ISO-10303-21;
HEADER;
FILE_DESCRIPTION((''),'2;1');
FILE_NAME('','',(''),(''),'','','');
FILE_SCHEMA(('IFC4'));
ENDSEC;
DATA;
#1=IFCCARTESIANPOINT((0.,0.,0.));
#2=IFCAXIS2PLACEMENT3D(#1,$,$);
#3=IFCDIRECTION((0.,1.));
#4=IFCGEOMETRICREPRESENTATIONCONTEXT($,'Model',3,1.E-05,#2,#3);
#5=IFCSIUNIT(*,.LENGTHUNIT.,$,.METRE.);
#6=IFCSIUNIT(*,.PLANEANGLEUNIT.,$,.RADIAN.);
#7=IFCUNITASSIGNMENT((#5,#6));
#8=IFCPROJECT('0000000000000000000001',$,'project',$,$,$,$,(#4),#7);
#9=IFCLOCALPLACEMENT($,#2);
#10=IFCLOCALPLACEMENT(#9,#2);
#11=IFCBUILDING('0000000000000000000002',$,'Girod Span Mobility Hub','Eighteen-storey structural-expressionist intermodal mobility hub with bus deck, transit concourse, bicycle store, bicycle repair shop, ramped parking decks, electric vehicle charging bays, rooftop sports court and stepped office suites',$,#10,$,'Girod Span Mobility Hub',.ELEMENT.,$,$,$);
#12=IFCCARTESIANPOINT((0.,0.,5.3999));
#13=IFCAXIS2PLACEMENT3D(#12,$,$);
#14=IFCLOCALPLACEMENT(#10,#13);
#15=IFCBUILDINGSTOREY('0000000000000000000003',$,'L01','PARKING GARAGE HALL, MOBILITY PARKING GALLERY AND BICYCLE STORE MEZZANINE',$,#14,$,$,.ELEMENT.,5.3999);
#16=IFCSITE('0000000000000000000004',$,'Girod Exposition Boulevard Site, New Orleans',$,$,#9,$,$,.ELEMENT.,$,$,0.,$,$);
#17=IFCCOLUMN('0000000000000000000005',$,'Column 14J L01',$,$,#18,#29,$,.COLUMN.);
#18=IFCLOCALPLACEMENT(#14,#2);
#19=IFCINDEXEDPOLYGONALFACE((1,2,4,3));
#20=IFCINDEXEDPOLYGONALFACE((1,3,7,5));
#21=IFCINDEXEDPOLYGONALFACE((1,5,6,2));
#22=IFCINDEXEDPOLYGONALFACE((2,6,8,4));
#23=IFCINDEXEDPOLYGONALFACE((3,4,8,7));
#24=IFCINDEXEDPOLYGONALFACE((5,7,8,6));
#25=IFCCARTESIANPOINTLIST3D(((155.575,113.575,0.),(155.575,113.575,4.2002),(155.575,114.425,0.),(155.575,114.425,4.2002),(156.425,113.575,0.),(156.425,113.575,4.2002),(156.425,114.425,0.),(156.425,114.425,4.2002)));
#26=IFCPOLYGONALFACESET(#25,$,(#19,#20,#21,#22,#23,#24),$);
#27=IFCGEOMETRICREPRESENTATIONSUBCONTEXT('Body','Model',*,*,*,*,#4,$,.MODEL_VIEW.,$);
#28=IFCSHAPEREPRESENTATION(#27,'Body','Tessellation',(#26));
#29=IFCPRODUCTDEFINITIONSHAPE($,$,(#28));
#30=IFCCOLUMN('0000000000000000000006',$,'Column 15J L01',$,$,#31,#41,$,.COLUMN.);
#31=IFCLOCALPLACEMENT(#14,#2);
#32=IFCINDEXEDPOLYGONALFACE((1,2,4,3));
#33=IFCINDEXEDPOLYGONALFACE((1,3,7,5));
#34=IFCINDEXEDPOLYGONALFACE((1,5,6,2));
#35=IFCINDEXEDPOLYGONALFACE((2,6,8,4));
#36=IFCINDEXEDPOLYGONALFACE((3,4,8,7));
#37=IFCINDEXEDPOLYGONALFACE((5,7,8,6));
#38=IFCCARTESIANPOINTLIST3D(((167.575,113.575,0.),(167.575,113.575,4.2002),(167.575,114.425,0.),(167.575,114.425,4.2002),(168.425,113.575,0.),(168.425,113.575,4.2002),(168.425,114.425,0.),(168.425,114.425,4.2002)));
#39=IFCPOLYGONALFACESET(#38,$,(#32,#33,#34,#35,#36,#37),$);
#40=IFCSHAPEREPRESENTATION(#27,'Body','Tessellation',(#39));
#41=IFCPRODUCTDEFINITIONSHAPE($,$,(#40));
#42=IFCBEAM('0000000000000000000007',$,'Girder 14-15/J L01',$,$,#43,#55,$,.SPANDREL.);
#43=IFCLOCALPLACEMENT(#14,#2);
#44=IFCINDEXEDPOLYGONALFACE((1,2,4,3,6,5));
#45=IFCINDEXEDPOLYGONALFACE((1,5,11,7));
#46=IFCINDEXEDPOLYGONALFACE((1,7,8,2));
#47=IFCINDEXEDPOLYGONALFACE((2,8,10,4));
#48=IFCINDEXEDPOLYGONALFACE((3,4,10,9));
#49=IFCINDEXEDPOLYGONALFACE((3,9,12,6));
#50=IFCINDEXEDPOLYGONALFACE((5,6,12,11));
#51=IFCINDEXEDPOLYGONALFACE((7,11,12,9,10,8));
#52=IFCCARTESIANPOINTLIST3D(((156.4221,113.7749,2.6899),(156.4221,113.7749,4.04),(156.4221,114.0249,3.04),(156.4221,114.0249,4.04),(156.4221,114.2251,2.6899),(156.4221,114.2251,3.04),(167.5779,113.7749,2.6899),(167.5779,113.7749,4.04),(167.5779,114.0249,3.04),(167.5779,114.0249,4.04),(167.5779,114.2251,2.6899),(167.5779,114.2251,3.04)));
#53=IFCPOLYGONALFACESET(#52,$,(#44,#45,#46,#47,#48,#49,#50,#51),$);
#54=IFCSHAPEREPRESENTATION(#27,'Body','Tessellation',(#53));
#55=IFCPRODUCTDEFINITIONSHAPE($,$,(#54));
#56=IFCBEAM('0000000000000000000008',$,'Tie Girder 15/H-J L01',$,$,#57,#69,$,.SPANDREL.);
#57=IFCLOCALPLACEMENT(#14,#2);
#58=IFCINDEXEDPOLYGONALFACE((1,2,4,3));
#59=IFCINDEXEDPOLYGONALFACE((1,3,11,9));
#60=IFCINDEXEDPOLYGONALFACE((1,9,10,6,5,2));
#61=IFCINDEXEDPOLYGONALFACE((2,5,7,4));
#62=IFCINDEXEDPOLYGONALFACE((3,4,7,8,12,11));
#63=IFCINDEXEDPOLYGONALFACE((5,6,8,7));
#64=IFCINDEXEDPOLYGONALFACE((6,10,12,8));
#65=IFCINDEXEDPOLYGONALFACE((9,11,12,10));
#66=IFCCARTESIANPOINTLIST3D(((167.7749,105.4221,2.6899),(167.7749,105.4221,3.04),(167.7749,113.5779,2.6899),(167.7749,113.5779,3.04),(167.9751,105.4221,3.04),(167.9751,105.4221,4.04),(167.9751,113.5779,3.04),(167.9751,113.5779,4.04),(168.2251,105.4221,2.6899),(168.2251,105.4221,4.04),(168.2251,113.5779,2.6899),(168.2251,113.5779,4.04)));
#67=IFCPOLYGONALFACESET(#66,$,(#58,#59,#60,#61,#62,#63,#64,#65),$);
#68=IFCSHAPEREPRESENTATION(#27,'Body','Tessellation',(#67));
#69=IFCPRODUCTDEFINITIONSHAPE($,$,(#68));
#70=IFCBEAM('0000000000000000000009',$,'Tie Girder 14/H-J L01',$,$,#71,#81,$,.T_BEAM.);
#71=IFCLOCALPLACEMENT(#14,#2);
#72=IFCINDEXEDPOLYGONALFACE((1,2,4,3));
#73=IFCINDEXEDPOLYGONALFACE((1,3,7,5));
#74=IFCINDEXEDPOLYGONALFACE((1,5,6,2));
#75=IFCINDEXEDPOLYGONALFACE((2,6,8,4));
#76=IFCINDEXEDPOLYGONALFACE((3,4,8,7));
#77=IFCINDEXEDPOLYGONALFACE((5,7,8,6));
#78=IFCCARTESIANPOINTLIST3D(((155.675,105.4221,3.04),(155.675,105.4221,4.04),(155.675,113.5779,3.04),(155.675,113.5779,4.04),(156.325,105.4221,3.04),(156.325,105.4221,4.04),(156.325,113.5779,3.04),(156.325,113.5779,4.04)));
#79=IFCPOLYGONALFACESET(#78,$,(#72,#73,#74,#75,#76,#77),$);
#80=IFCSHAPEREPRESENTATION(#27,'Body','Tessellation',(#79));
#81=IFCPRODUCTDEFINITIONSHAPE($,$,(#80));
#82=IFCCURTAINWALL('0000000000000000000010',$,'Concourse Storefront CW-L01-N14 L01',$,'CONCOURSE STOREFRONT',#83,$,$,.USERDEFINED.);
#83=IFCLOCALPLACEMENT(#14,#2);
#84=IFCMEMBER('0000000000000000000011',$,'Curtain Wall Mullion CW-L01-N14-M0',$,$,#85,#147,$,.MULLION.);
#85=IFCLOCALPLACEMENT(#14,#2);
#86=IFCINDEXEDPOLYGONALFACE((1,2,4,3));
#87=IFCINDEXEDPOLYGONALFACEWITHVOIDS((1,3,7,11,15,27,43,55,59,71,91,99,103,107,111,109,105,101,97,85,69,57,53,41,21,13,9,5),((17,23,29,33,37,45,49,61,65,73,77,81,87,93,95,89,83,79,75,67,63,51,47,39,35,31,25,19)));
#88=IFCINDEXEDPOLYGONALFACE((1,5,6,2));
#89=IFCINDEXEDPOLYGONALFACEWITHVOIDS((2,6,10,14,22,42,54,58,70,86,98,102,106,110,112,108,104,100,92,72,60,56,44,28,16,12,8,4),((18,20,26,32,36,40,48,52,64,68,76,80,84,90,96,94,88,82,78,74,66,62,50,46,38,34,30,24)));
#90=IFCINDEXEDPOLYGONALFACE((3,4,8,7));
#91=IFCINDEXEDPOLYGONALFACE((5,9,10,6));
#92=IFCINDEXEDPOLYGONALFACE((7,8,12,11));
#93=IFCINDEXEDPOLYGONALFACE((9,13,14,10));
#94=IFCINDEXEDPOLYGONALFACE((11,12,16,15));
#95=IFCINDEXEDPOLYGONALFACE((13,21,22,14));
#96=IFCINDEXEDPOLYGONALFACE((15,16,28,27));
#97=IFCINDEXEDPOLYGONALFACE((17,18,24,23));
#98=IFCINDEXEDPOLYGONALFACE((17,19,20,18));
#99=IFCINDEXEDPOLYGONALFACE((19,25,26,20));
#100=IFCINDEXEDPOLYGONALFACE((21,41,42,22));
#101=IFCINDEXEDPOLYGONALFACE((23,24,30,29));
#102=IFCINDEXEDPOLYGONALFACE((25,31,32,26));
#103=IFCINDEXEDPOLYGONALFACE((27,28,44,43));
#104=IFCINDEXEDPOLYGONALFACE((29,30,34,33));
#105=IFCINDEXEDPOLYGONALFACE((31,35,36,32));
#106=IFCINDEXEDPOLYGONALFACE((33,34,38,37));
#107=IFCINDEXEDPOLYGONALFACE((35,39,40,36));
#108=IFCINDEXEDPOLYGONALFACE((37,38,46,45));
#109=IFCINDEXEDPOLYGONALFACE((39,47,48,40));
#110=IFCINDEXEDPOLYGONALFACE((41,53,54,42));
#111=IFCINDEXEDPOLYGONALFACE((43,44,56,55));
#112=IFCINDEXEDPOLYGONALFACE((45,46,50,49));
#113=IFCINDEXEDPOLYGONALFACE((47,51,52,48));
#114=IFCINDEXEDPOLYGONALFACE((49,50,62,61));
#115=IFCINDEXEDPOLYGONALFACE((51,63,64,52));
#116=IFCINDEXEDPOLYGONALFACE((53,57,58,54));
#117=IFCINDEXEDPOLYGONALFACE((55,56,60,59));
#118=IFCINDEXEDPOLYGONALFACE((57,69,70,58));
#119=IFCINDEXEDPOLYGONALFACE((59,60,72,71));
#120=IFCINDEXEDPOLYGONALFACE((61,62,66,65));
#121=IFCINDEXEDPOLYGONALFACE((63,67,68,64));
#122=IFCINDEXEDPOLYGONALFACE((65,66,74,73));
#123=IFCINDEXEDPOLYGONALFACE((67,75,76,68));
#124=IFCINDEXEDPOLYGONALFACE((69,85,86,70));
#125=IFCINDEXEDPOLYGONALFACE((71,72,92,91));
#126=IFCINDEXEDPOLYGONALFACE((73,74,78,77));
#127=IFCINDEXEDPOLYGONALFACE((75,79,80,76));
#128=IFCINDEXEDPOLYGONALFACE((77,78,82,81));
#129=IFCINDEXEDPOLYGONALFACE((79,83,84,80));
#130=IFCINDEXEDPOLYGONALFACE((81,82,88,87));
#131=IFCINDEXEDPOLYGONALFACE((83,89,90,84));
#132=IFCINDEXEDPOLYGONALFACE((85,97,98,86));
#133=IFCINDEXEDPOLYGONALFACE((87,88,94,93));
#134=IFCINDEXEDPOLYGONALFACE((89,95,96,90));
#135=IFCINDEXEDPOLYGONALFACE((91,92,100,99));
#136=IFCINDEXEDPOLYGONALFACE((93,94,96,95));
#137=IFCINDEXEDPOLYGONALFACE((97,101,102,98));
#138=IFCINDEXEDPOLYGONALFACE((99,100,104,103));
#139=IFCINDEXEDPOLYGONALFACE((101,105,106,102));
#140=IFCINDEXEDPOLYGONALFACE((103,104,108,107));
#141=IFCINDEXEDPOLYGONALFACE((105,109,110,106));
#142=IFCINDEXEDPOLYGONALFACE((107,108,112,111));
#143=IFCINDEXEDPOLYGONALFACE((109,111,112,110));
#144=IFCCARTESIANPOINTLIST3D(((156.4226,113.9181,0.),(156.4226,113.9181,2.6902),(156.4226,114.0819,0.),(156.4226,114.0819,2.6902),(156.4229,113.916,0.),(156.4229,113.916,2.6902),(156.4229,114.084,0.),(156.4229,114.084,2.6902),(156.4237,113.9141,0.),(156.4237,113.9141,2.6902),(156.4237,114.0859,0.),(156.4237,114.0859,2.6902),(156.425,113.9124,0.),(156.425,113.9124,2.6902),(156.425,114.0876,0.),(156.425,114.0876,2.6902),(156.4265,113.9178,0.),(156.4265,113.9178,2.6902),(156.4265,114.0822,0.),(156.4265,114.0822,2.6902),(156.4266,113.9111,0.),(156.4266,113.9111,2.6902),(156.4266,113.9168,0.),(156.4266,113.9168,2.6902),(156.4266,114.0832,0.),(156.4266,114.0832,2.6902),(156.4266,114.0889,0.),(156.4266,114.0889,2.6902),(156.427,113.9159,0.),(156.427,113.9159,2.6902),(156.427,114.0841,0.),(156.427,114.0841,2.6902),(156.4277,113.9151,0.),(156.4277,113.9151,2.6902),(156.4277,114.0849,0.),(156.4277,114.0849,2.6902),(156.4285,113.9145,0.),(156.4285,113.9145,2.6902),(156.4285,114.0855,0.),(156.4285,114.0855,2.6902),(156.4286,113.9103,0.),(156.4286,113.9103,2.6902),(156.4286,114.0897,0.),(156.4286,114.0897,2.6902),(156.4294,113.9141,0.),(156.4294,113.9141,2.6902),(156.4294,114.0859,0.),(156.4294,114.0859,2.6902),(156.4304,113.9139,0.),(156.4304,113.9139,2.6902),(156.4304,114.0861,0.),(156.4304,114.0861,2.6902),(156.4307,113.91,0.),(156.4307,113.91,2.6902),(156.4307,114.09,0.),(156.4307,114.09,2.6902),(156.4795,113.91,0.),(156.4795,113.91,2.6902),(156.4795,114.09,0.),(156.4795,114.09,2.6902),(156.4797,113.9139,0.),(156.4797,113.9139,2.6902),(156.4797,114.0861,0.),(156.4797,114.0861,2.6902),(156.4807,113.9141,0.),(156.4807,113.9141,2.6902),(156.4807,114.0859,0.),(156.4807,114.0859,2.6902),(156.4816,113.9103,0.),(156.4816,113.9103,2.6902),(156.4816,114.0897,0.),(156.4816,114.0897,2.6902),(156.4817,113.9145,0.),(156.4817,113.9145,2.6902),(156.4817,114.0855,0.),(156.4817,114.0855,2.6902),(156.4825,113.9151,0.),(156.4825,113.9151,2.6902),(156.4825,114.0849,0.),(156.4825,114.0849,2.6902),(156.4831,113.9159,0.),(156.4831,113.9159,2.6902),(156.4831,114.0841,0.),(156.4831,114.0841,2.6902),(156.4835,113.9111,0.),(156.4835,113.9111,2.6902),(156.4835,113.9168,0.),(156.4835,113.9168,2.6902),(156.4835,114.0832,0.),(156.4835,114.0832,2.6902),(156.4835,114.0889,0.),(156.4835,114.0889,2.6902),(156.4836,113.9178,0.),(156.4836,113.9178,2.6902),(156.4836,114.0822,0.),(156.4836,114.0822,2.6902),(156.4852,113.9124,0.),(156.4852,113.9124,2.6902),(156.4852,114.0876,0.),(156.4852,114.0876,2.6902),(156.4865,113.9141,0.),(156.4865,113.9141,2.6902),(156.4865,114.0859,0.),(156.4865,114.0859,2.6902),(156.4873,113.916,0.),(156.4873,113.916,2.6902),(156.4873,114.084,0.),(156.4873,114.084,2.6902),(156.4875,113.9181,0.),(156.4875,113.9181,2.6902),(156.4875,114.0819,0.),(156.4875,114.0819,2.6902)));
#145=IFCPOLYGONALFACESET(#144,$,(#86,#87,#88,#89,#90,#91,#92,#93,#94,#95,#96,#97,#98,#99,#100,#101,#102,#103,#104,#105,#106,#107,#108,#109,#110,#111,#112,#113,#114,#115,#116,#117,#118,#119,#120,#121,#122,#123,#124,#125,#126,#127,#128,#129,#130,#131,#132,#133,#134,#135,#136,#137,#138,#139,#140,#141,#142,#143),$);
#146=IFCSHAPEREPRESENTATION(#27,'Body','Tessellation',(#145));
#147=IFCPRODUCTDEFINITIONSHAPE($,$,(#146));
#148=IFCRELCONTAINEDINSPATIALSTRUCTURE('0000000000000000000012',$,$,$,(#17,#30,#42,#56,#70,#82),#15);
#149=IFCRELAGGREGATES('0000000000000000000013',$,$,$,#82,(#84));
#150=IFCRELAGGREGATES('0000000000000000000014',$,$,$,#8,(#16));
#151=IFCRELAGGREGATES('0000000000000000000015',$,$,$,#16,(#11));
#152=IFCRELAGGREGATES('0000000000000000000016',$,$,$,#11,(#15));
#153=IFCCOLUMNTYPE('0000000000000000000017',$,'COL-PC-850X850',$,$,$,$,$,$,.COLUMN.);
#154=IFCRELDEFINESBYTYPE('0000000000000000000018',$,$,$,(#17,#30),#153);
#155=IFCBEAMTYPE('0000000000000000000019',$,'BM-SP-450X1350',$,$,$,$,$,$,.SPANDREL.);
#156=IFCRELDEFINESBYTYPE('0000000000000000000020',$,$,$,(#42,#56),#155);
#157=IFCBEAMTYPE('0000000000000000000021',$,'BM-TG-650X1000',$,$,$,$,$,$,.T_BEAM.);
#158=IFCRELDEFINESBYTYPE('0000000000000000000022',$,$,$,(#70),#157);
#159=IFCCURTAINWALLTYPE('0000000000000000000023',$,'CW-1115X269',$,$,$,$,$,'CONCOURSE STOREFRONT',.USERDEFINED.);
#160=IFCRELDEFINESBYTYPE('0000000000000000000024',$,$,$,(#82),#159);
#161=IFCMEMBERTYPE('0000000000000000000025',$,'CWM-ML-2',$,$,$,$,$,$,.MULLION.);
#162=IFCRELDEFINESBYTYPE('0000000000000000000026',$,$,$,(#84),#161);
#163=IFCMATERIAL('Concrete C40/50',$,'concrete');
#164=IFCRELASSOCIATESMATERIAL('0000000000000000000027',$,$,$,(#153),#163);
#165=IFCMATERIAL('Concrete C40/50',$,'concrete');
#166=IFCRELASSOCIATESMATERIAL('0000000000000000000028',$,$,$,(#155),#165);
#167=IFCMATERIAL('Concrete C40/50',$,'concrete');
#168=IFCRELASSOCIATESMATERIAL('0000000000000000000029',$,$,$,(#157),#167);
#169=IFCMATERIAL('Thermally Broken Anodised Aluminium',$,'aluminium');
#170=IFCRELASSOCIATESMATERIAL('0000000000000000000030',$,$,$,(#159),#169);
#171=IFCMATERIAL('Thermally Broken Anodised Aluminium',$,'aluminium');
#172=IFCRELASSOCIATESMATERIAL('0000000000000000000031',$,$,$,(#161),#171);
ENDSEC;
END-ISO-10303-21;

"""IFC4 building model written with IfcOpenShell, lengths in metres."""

from ifc_helpers import new_model, si_unit, direction, frame, origin, origin_2d, place, context, subcontext, project, spatial, polyline, rectangle, hollow_rectangle, outline, extrude, material, material_profile, profile_set, type_object, element, aggregate, save


model = new_model("IFC4")

# Units and contexts
model_context = context("Model", 3, precision=1e-05, world=origin(), true_north=direction((0.0, 1.0)))
body_context = subcontext(model_context, "Body", "Model", "MODEL_VIEW")
ifc_project = project(units=[si_unit("LENGTHUNIT", "METRE"), si_unit("PLANEANGLEUNIT", "RADIAN")], contexts=[model_context])

# Site, building, storey
site_placement = place(None, origin())
site = spatial("IfcSite", under=ifc_project, at=site_placement, Name="Girod Exposition Boulevard Site, New Orleans", CompositionType="ELEMENT", RefElevation=0.0)
building_placement = place(site_placement, origin())
building = spatial("IfcBuilding", under=site, at=building_placement, Name="Girod Span Mobility Hub", Description="Eighteen-storey structural-expressionist intermodal mobility hub with bus deck, transit concourse, bicycle store, bicycle repair shop, ramped parking decks, electric vehicle charging bays, rooftop sports court and stepped office suites", LongName="Girod Span Mobility Hub", CompositionType="ELEMENT")
storey_placement = place(building_placement, frame((0.0, 0.0, 5.3999)))
storey = spatial("IfcBuildingStorey", under=building, at=storey_placement, Name="L01", Description="PARKING GARAGE HALL, MOBILITY PARKING GALLERY AND BICYCLE STORE MEZZANINE", CompositionType="ELEMENT", Elevation=5.3999)

# Columns
ifc_material_1 = material(Name="Concrete C40/50", Category="concrete")
ifc_material_profile_1 = material_profile(ifc_material_1, rectangle(XDim=0.8501, YDim=0.8501, at=origin_2d()), Name="PC-COL-850X850")
ifc_profile_set_1 = profile_set([ifc_material_profile_1], Name="Concrete C40/50")
column_type = type_object("IfcColumnType", Name="COL-PC-850X850", PredefinedType="COLUMN", material=ifc_profile_set_1)
for number, where, z_axis, x_axis, name in (
    (1, (156.0, 114.0, 0.0), (0.0, 0.0, 1.0), (1.0, 0.0, 0.0), "Column 14J L01"),
    (2, (168.0, 114.0, 0.0), (0.0, 0.0, 1.0), (1.0, 0.0, 0.0), "Column 15J L01"),
):
    element("IfcColumn", number, at=place(storey_placement, frame(where, z_axis=z_axis, x_axis=x_axis)), inside=storey, type_object=column_type, Name=name, PredefinedType="COLUMN", context=body_context, shape_type="SweptSolid", body=[
        extrude(rectangle(XDim=0.8501, YDim=0.8501, at=origin_2d()), origin(), (0.0, 0.0, 1.0), 4.2002),
    ])

# Beams
ifc_material_2 = material(Name="Concrete C40/50", Category="concrete")
ifc_material_profile_2 = material_profile(ifc_material_2, outline(polyline([(-0.2251, -0.675), (0.2251, -0.675), (0.2251, -0.325), (0.0249, -0.325), (0.0249, 0.675), (-0.2251, 0.675), (-0.2251, -0.675)])), Name="SP-450X1350")
ifc_profile_set_2 = profile_set([ifc_material_profile_2], Name="Concrete C40/50")
beam_type_1 = type_object("IfcBeamType", Name="BM-SP-450X1350", PredefinedType="SPANDREL", material=ifc_profile_set_2)
beam_1_placement = place(storey_placement, frame((156.4221, 114.0, 3.365), z_axis=(1.0, 0.0, 0.0), x_axis=(0.0, 1.0, 0.0)))
element("IfcBeam", 3, at=beam_1_placement, inside=storey, type_object=beam_type_1, Name="Girder 14-15/J L01", PredefinedType="SPANDREL", context=body_context, shape_type="SweptSolid", body=[
    extrude(outline(polyline([(-0.2251, -0.675), (0.2251, -0.675), (0.2251, -0.325), (0.0249, -0.325), (0.0249, 0.675), (-0.2251, 0.675), (-0.2251, -0.675)])), origin(), (0.0, 0.0, 1.0), 11.1558),
])
beam_2_placement = place(storey_placement, frame((168.0, 105.4221, 3.365), z_axis=(0.0, 1.0, 0.0), x_axis=(-1.0, 0.0, 0.0)))
element("IfcBeam", 4, at=beam_2_placement, inside=storey, type_object=beam_type_1, Name="Tie Girder 15/H-J L01", PredefinedType="SPANDREL", context=body_context, shape_type="SweptSolid", body=[
    extrude(outline(polyline([(-0.2251, -0.675), (0.2251, -0.675), (0.2251, -0.325), (0.0249, -0.325), (0.0249, 0.675), (-0.2251, 0.675), (-0.2251, -0.675)])), origin(), (0.0, 0.0, 1.0), 8.1558),
])
ifc_material_3 = material(Name="Concrete C40/50", Category="concrete")
ifc_material_profile_3 = material_profile(ifc_material_3, rectangle(XDim=0.6499, YDim=1.0, at=origin_2d()), Name="TG-650X1000")
ifc_profile_set_3 = profile_set([ifc_material_profile_3], Name="Concrete C40/50")
beam_type_2 = type_object("IfcBeamType", Name="BM-TG-650X1000", PredefinedType="T_BEAM", material=ifc_profile_set_3)
beam_3_placement = place(storey_placement, frame((156.0, 105.4221, 3.54), z_axis=(0.0, 1.0, 0.0), x_axis=(-1.0, 0.0, 0.0)))
element("IfcBeam", 5, at=beam_3_placement, inside=storey, type_object=beam_type_2, Name="Tie Girder 14/H-J L01", PredefinedType="T_BEAM", context=body_context, shape_type="SweptSolid", body=[
    extrude(rectangle(XDim=0.6499, YDim=1.0, at=origin_2d()), origin(), (0.0, 0.0, 1.0), 8.1558),
])

# Curtain wall, member
ifc_material_4 = material(Name="Thermally Broken Anodised Aluminium", Category="aluminium")
curtain_wall_type = type_object("IfcCurtainWallType", Name="CW-1115X269", ElementType="CONCOURSE STOREFRONT", PredefinedType="USERDEFINED", material=ifc_material_4)
curtain_wall_placement = place(storey_placement, origin())
curtain_wall = element("IfcCurtainWall", 6, at=curtain_wall_placement, inside=storey, type_object=curtain_wall_type, Name="Concourse Storefront CW-L01-N14 L01", ObjectType="CONCOURSE STOREFRONT", PredefinedType="USERDEFINED")
ifc_material_5 = material(Name="Thermally Broken Anodised Aluminium", Category="aluminium")
ifc_material_profile_4 = material_profile(ifc_material_5, hollow_rectangle(XDim=0.1799, YDim=0.0649, WallThickness=0.0039, InnerFilletRadius=0.0039, OuterFilletRadius=0.0081, at=origin_2d()), Name="CW-ML-65X180")
ifc_profile_set_4 = profile_set([ifc_material_profile_4], Name="Thermally Broken Anodised Aluminium")
member_type_1 = type_object("IfcMemberType", Name="CWM-ML-2", PredefinedType="MULLION", material=ifc_profile_set_4)
member_1_placement = place(storey_placement, frame((156.4551, 114.0, 0.0), z_axis=(0.0, 0.0, 1.0), x_axis=(0.0, 1.0, 0.0)))
member_1 = element("IfcMember", 7, at=member_1_placement, type_object=member_type_1, Name="Curtain Wall Mullion CW-L01-N14-M0", PredefinedType="MULLION", context=body_context, shape_type="SweptSolid", body=[
    extrude(hollow_rectangle(XDim=0.1799, YDim=0.0649, WallThickness=0.0039, InnerFilletRadius=0.0039, OuterFilletRadius=0.0081, at=origin_2d()), origin(), (0.0, 0.0, 1.0), 2.6902),
])
aggregate(curtain_wall, [member_1])

save(model, "model.ifc")
